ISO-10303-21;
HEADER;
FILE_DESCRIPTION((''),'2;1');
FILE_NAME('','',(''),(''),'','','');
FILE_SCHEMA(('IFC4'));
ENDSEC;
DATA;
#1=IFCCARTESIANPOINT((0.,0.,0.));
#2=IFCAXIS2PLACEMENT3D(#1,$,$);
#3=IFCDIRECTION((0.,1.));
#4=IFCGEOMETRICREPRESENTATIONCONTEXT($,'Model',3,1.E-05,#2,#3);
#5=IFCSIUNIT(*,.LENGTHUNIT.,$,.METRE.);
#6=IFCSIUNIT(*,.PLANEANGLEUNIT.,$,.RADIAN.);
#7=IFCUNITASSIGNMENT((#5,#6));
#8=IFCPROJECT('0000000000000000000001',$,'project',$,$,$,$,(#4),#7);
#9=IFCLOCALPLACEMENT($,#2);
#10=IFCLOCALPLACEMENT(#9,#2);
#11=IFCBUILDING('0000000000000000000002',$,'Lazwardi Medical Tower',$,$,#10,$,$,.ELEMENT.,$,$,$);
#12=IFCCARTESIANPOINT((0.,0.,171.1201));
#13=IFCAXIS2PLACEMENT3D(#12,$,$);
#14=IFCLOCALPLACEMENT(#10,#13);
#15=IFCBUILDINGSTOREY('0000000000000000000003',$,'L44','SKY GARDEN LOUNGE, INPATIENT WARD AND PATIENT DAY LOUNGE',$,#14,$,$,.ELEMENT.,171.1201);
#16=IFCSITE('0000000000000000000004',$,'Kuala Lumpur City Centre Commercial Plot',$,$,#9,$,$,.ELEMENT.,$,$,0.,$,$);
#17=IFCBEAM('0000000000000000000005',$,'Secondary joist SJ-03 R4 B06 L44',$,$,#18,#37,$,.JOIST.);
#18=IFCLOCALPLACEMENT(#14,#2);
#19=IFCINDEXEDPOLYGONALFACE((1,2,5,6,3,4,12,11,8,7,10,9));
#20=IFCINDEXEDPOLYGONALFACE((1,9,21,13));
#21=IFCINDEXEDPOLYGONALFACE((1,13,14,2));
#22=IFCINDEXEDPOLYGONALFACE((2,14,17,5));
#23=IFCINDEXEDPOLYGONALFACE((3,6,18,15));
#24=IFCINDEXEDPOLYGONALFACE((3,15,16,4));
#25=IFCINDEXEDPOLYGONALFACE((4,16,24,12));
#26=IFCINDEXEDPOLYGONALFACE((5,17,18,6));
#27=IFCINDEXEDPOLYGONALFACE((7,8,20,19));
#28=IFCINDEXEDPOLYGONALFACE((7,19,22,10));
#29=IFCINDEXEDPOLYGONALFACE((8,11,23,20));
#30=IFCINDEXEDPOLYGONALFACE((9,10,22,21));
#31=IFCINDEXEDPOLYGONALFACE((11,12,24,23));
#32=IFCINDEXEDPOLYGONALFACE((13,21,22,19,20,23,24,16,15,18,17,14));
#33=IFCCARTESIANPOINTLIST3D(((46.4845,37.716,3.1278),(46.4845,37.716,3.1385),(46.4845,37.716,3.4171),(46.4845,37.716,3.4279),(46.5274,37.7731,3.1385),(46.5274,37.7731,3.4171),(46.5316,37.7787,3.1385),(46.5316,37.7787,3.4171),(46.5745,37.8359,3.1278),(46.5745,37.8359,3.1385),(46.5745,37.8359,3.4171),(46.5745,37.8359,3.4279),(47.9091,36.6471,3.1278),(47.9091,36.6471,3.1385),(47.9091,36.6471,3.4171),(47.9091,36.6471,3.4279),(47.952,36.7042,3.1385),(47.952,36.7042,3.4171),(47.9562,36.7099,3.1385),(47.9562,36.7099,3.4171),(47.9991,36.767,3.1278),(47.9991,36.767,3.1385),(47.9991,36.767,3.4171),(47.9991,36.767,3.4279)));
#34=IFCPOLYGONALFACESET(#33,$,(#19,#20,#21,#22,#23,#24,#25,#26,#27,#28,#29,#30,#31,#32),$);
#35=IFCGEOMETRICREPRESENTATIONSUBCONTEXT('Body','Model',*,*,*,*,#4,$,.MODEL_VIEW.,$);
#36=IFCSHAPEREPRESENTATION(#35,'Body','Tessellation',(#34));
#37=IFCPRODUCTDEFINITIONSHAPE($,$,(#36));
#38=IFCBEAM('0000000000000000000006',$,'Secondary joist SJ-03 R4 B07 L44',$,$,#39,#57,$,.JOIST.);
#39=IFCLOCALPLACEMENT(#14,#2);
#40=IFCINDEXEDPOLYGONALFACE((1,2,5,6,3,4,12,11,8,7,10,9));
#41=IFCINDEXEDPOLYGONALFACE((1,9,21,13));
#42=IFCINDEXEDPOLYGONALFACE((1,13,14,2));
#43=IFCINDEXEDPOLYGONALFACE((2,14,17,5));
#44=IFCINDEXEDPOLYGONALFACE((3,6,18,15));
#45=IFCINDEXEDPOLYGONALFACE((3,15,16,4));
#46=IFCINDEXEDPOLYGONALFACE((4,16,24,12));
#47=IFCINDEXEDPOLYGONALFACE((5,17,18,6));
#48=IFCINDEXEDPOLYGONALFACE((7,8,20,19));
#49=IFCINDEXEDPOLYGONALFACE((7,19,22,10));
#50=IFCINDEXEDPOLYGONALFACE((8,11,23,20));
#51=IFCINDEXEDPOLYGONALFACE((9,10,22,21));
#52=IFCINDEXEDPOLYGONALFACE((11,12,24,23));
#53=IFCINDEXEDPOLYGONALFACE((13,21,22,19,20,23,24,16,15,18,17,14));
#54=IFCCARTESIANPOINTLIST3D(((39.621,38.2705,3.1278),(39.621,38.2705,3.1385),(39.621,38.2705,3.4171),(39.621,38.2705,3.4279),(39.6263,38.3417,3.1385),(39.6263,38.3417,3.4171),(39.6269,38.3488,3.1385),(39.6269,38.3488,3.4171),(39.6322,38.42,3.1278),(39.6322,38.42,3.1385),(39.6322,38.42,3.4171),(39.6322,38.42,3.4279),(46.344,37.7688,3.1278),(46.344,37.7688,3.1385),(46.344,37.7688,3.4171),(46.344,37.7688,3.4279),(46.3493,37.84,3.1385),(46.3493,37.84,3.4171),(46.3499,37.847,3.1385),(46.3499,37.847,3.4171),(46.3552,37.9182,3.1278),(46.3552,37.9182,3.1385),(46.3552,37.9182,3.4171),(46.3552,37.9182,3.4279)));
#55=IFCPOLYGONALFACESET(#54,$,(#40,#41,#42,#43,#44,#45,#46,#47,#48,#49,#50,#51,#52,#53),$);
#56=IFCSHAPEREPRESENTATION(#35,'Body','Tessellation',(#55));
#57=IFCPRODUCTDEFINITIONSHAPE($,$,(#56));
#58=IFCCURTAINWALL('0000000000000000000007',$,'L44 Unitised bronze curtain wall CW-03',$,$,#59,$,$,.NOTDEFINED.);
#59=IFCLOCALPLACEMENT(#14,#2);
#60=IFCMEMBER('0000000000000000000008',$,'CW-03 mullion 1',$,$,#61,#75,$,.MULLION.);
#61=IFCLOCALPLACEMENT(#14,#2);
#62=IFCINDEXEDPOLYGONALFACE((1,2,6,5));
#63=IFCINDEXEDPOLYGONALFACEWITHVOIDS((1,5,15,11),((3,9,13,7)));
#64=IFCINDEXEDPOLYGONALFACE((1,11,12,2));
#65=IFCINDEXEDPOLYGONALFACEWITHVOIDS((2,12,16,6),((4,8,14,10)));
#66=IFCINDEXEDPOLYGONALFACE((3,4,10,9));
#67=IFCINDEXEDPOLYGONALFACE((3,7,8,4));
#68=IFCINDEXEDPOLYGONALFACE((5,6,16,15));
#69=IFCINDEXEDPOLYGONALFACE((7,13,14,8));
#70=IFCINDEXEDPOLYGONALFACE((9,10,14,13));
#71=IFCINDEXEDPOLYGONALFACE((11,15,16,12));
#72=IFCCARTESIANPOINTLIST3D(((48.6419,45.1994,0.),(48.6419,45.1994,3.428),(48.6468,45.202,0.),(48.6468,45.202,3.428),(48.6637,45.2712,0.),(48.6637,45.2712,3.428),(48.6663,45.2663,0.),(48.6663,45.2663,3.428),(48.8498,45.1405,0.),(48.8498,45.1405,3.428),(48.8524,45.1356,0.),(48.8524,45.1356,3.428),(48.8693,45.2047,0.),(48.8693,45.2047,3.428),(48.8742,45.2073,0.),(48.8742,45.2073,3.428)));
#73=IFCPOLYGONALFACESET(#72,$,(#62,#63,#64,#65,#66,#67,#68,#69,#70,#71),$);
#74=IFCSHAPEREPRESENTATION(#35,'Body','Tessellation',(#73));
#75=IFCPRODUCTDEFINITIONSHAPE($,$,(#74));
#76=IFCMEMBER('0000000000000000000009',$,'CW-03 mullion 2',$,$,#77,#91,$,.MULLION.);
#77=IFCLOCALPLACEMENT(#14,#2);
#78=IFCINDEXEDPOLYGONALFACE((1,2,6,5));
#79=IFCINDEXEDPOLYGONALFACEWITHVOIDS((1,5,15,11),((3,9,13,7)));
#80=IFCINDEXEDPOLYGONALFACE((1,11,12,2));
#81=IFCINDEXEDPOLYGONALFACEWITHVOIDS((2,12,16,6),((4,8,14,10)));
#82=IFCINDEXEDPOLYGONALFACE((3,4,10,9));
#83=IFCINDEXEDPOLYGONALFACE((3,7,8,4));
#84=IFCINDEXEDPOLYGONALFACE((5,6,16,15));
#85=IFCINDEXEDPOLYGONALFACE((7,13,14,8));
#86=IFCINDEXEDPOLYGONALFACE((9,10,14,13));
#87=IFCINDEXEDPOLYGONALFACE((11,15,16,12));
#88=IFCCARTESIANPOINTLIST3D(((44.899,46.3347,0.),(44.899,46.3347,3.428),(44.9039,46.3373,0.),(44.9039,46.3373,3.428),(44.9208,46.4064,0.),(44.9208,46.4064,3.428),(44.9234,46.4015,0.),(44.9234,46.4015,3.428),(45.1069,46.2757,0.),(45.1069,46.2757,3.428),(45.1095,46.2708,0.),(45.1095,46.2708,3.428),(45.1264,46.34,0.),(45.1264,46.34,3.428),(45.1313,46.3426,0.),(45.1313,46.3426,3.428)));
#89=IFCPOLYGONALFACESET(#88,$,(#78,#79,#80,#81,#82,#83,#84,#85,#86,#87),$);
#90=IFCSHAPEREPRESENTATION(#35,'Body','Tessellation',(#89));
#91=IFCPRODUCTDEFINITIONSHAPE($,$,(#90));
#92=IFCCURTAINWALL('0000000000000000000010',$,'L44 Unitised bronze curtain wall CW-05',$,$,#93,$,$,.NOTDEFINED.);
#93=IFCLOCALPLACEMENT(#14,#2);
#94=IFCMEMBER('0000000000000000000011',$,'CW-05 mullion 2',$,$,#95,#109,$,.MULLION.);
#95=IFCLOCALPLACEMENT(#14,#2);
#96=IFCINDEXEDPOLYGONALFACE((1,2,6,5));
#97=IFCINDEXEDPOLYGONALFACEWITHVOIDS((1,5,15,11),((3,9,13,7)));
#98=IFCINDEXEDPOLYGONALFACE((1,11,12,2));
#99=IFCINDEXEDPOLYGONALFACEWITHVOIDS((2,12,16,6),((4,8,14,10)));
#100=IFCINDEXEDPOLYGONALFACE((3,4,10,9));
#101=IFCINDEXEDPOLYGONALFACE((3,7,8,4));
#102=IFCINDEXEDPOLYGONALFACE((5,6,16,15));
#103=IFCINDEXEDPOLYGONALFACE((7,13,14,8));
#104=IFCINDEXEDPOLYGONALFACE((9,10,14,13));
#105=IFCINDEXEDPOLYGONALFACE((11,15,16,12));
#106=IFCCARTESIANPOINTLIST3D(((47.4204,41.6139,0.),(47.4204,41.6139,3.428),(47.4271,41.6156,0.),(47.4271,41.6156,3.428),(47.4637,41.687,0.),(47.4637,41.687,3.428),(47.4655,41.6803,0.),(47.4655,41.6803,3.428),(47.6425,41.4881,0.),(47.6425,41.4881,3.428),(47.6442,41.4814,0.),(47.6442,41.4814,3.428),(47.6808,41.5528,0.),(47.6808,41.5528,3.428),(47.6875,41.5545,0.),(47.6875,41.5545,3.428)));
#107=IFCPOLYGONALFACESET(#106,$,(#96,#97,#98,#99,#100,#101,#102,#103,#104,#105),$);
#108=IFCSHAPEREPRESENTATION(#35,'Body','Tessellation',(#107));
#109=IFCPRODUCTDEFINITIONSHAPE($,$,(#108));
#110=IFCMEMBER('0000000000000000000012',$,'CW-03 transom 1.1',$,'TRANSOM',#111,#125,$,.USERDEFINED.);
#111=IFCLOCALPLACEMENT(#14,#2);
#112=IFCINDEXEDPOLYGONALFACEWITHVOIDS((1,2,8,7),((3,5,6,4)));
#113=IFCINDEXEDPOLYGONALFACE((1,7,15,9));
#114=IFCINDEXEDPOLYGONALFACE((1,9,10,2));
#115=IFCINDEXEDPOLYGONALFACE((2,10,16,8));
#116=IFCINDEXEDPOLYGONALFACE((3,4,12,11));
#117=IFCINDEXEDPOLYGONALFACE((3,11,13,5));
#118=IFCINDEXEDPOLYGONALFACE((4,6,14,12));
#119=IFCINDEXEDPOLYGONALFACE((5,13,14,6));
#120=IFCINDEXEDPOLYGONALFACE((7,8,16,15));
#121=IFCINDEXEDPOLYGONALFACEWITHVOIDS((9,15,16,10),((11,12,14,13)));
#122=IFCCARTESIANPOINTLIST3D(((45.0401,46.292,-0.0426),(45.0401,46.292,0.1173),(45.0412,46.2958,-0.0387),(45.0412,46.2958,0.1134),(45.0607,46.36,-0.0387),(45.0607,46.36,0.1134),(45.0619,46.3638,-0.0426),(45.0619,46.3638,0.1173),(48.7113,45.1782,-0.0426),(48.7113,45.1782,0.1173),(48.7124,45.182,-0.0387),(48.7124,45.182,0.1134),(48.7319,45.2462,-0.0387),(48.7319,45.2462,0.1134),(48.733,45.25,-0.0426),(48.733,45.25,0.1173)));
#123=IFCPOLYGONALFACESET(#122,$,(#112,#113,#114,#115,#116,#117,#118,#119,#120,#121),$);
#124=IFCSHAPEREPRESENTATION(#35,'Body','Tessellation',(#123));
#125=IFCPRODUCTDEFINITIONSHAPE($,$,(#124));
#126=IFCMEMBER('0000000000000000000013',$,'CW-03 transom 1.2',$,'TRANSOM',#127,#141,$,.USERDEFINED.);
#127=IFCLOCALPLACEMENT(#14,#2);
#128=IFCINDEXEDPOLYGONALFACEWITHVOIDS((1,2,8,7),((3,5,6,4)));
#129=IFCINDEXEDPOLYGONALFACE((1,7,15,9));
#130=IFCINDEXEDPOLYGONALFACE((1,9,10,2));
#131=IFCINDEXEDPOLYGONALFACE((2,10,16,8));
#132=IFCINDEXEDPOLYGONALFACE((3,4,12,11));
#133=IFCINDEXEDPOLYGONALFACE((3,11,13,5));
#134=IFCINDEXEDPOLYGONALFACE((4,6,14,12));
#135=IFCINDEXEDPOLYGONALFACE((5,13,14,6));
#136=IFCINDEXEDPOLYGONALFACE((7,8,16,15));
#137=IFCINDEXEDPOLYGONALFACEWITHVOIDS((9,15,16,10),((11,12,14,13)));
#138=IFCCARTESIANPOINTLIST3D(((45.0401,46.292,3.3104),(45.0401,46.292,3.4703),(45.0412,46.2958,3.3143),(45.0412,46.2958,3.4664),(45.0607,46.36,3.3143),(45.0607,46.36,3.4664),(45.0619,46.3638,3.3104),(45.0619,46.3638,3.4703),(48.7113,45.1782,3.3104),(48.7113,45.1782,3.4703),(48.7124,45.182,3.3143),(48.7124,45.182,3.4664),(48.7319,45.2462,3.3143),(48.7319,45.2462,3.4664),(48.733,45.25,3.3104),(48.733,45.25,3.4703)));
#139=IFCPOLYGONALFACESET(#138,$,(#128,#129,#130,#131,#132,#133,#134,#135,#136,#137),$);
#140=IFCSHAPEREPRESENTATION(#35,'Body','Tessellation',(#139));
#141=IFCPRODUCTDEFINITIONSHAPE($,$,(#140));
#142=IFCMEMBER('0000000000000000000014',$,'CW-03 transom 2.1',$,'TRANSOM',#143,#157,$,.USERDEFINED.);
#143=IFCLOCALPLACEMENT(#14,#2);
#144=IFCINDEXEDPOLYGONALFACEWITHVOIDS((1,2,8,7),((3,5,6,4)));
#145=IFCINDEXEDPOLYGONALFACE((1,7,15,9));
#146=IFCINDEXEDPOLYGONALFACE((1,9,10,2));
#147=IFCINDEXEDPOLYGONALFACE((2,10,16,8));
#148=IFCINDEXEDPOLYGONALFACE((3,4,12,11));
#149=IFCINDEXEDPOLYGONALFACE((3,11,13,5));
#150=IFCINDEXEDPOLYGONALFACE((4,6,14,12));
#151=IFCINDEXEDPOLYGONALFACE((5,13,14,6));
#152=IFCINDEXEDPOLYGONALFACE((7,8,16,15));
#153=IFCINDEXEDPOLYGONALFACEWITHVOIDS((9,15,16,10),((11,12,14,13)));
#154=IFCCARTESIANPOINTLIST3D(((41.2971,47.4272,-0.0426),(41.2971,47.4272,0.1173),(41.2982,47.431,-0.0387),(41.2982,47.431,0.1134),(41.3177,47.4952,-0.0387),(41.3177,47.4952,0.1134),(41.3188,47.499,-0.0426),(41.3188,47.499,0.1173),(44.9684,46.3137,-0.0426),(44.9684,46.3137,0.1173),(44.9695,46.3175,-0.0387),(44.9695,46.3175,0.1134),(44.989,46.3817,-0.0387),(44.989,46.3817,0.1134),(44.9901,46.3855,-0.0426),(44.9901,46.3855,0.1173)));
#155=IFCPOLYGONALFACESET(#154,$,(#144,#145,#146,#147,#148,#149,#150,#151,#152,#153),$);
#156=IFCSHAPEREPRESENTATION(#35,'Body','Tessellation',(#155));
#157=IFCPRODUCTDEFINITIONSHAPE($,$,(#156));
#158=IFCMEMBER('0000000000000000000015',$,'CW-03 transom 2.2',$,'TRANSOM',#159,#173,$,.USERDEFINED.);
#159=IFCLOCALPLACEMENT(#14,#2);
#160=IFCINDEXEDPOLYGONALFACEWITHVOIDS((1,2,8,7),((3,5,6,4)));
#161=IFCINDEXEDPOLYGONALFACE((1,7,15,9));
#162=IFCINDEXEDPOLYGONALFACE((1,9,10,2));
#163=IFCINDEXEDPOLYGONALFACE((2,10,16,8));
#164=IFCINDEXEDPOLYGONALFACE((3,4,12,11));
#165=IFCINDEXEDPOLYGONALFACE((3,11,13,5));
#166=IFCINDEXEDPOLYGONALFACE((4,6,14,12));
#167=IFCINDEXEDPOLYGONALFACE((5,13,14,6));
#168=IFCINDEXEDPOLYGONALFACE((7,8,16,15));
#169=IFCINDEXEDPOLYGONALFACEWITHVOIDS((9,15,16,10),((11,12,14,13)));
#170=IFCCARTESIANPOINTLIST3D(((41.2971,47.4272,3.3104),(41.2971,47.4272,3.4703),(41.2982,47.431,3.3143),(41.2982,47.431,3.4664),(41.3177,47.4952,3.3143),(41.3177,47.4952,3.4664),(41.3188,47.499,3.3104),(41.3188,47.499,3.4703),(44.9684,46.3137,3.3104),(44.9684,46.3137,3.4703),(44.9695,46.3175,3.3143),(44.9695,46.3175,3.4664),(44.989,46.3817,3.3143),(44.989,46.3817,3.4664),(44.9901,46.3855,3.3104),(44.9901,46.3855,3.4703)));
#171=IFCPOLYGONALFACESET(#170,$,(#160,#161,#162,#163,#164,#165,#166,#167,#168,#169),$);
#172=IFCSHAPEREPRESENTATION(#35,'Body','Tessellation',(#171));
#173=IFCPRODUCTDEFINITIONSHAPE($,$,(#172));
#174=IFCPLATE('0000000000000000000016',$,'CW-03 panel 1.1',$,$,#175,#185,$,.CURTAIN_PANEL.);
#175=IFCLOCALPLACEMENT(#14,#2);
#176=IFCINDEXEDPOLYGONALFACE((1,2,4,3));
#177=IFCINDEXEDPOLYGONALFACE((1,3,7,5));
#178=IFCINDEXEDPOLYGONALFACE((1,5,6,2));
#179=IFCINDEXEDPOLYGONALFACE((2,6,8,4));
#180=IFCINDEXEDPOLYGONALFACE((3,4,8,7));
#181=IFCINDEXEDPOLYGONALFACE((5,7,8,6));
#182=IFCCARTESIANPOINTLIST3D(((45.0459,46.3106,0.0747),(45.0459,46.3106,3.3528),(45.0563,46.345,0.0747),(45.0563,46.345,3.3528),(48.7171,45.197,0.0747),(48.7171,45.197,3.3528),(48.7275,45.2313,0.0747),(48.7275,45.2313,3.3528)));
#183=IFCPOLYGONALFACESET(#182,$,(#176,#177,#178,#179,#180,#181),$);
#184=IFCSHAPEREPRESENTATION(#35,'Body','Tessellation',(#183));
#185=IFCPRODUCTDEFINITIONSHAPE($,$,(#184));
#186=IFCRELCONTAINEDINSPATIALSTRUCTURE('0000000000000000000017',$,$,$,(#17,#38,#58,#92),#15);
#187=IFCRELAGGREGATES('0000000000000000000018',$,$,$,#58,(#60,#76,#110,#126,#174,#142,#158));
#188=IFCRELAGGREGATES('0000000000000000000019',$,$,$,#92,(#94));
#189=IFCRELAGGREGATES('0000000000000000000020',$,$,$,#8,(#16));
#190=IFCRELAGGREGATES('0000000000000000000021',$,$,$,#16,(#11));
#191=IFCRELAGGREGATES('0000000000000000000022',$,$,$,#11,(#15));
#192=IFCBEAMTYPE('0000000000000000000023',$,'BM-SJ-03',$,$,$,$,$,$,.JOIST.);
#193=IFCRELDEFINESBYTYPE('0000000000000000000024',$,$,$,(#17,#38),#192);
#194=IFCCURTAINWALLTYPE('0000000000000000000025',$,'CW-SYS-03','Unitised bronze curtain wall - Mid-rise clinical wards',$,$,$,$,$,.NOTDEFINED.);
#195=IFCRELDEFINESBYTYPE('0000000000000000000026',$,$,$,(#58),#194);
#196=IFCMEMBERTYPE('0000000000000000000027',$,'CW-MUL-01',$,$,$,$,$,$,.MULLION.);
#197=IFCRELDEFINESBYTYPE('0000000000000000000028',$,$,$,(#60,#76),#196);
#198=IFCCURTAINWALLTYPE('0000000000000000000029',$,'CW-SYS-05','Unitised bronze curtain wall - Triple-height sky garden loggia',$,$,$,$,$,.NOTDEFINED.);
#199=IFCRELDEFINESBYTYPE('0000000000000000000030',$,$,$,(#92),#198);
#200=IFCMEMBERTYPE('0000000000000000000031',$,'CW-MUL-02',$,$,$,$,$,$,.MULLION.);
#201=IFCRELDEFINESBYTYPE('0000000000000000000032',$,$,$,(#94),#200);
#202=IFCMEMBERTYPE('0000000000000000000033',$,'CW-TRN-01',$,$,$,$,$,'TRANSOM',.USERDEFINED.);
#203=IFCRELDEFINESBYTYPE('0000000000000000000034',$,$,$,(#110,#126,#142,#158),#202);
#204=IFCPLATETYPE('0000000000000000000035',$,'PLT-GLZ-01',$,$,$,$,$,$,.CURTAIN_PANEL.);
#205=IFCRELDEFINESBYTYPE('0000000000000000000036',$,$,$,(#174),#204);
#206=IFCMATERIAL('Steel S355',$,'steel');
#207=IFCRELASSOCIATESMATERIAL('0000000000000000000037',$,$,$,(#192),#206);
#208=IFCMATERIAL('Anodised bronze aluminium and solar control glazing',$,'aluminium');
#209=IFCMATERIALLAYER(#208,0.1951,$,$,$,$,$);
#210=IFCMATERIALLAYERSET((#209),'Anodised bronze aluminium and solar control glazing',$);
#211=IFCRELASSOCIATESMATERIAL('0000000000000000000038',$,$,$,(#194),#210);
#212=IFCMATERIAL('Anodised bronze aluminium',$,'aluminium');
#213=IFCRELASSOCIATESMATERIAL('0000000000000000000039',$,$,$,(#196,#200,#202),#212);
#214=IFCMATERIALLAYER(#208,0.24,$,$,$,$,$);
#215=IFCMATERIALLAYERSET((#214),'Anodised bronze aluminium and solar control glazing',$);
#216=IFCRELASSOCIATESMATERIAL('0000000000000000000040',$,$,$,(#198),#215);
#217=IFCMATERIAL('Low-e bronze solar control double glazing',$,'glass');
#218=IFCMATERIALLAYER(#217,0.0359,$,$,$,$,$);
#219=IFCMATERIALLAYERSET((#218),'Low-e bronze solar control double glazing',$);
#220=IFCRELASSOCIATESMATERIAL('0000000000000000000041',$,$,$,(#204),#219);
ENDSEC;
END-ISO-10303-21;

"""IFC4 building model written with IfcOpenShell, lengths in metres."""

from ifc_helpers import new_model, si_unit, direction, frame, origin, origin_2d, place, context, subcontext, project, spatial, rectangle, hollow_rectangle, i_section, extrude, material, layer, layer_set, material_profile, profile_set, type_object, element, aggregate, save


model = new_model("IFC4")

# Units and contexts
model_context = context("Model", 3, precision=1e-05, world=origin(), true_north=direction((0.0, 1.0)))
body_context = subcontext(model_context, "Body", "Model", "MODEL_VIEW")
ifc_project = project(units=[si_unit("LENGTHUNIT", "METRE"), si_unit("PLANEANGLEUNIT", "RADIAN")], contexts=[model_context])

# Site, building, storey
site_placement = place(None, origin())
site = spatial("IfcSite", under=ifc_project, at=site_placement, Name="Kuala Lumpur City Centre Commercial Plot", CompositionType="ELEMENT", RefElevation=0.0)
building_placement = place(site_placement, origin())
building = spatial("IfcBuilding", under=site, at=building_placement, Name="Lazwardi Medical Tower", CompositionType="ELEMENT")
storey_placement = place(building_placement, frame((0.0, 0.0, 171.1201)))
storey = spatial("IfcBuildingStorey", under=building, at=storey_placement, Name="L44", Description="SKY GARDEN LOUNGE, INPATIENT WARD AND PATIENT DAY LOUNGE", CompositionType="ELEMENT", Elevation=171.1201)

# Beams
ifc_material_1 = material(Name="Steel S355", Category="steel")
ifc_material_profile_1 = material_profile(ifc_material_1, i_section(OverallWidth=0.1499, OverallDepth=0.3, WebThickness=0.0071, FlangeThickness=0.0107, at=origin_2d()), Name="IPE 300")
ifc_profile_set_1 = profile_set([ifc_material_profile_1], Name="Steel S355")
beam_type_1 = type_object("IfcBeamType", Name="BM-SJ-03", PredefinedType="JOIST", material=ifc_profile_set_1)
beam_1_placement = place(storey_placement, frame((47.9541, 36.707, 3.2778), z_axis=(-0.799885, 0.600154, 0.0), x_axis=(-0.600154, -0.799885, 0.0)))
element("IfcBeam", 1, at=beam_1_placement, inside=storey, type_object=beam_type_1, Name="Secondary joist SJ-03 R4 B06 L44", PredefinedType="JOIST", context=body_context, shape_type="SweptSolid", body=[
    extrude(i_section(OverallWidth=0.1499, OverallDepth=0.3, WebThickness=0.0071, FlangeThickness=0.0107, at=origin_2d()), origin(), (0.0, 0.0, 1.0), 1.781),
])
beam_2_placement = place(storey_placement, frame((46.3496, 37.8435, 3.2778), z_axis=(-0.997227, 0.07442, 0.0), x_axis=(-0.07442, -0.997227, 0.0)))
element("IfcBeam", 2, at=beam_2_placement, inside=storey, type_object=beam_type_1, Name="Secondary joist SJ-03 R4 B07 L44", PredefinedType="JOIST", context=body_context, shape_type="SweptSolid", body=[
    extrude(i_section(OverallWidth=0.1499, OverallDepth=0.3, WebThickness=0.0071, FlangeThickness=0.0107, at=origin_2d()), origin(), (0.0, 0.0, 1.0), 6.7417),
])

# Curtain wall, members
ifc_material_2 = material(Name="Anodised bronze aluminium and solar control glazing", Category="aluminium")
ifc_layer_1 = layer(ifc_material_2, 0.1951)
ifc_layer_set_1 = layer_set([ifc_layer_1], Name="Anodised bronze aluminium and solar control glazing")
curtain_wall_type_1 = type_object("IfcCurtainWallType", Name="CW-SYS-03", Description="Unitised bronze curtain wall - Mid-rise clinical wards", PredefinedType="NOTDEFINED", material=ifc_layer_set_1)
curtain_wall_1_placement = place(storey_placement, origin())
curtain_wall_1 = element("IfcCurtainWall", 3, at=curtain_wall_1_placement, inside=storey, type_object=curtain_wall_type_1, Name="L44 Unitised bronze curtain wall CW-03", PredefinedType="NOTDEFINED")
ifc_material_3 = material(Name="Anodised bronze aluminium", Category="aluminium")
ifc_material_profile_2 = material_profile(ifc_material_3, hollow_rectangle(XDim=0.075, YDim=0.22, WallThickness=0.0039, at=origin_2d()), Name="ALU-MULLION 220x75x4")
ifc_profile_set_2 = profile_set([ifc_material_profile_2], Name="Anodised bronze aluminium")
member_type_1 = type_object("IfcMemberType", Name="CW-MUL-01", PredefinedType="MULLION", material=ifc_profile_set_2)
member_1_placement = place(storey_placement, frame((48.7581, 45.2034, 0.0), z_axis=(0.0, 0.0, 1.0), x_axis=(-0.290281, -0.956942, 0.0)))
member_1 = element("IfcMember", 4, at=member_1_placement, type_object=member_type_1, Name="CW-03 mullion 1", PredefinedType="MULLION", context=body_context, shape_type="SweptSolid", body=[
    extrude(hollow_rectangle(XDim=0.075, YDim=0.22, WallThickness=0.0039, at=origin_2d()), origin(), (0.0, 0.0, 1.0), 3.428),
])
member_2_placement = place(storey_placement, frame((45.0151, 46.3386, 0.0), z_axis=(0.0, 0.0, 1.0), x_axis=(-0.290281, -0.956942, 0.0)))
member_2 = element("IfcMember", 5, at=member_2_placement, type_object=member_type_1, Name="CW-03 mullion 2", PredefinedType="MULLION", context=body_context, shape_type="SweptSolid", body=[
    extrude(hollow_rectangle(XDim=0.075, YDim=0.22, WallThickness=0.0039, at=origin_2d()), origin(), (0.0, 0.0, 1.0), 3.428),
])

# Curtain wall, member
ifc_layer_2 = layer(ifc_material_2, 0.24)
ifc_layer_set_2 = layer_set([ifc_layer_2], Name="Anodised bronze aluminium and solar control glazing")
curtain_wall_type_2 = type_object("IfcCurtainWallType", Name="CW-SYS-05", Description="Unitised bronze curtain wall - Triple-height sky garden loggia", PredefinedType="NOTDEFINED", material=ifc_layer_set_2)
curtain_wall_2_placement = place(storey_placement, origin())
curtain_wall_2 = element("IfcCurtainWall", 6, at=curtain_wall_2_placement, inside=storey, type_object=curtain_wall_type_2, Name="L44 Unitised bronze curtain wall CW-05", PredefinedType="NOTDEFINED")
ifc_material_profile_3 = material_profile(ifc_material_3, hollow_rectangle(XDim=0.085, YDim=0.26, WallThickness=0.0049, at=origin_2d()), Name="ALU-MULLION 260x85x5")
ifc_profile_set_3 = profile_set([ifc_material_profile_3], Name="Anodised bronze aluminium")
member_type_2 = type_object("IfcMemberType", Name="CW-MUL-02", PredefinedType="MULLION", material=ifc_profile_set_3)
member_3_placement = place(storey_placement, frame((47.554, 41.5842, 0.0), z_axis=(0.0, 0.0, 1.0), x_axis=(-0.509571, -0.860429, 0.0)))
member_3 = element("IfcMember", 7, at=member_3_placement, type_object=member_type_2, Name="CW-05 mullion 2", PredefinedType="MULLION", context=body_context, shape_type="SweptSolid", body=[
    extrude(hollow_rectangle(XDim=0.085, YDim=0.26, WallThickness=0.0049, at=origin_2d()), origin(), (0.0, 0.0, 1.0), 3.428),
])

# Members
ifc_material_profile_4 = material_profile(ifc_material_3, hollow_rectangle(XDim=0.075, YDim=0.1599, WallThickness=0.0039, at=origin_2d()), Name="ALU-TRANSOM 160x75x4")
ifc_profile_set_4 = profile_set([ifc_material_profile_4], Name="Anodised bronze aluminium")
member_type_3 = type_object("IfcMemberType", Name="CW-TRN-01", ElementType="TRANSOM", PredefinedType="USERDEFINED", material=ifc_profile_set_4)
member_4_placement = place(storey_placement, frame((48.7222, 45.2141, 0.0374), z_axis=(-0.95693, 0.290318, 0.0), x_axis=(-0.290318, -0.95693, 0.0)))
member_4 = element("IfcMember", 8, at=member_4_placement, type_object=member_type_3, Name="CW-03 transom 1.1", ObjectType="TRANSOM", PredefinedType="USERDEFINED", context=body_context, shape_type="SweptSolid", body=[
    extrude(hollow_rectangle(XDim=0.075, YDim=0.1599, WallThickness=0.0039, at=origin_2d()), origin(), (0.0, 0.0, 1.0), 3.8364),
])
member_5_placement = place(storey_placement, frame((48.7222, 45.2141, 3.3904), z_axis=(-0.95693, 0.290318, 0.0), x_axis=(-0.290318, -0.95693, 0.0)))
member_5 = element("IfcMember", 9, at=member_5_placement, type_object=member_type_3, Name="CW-03 transom 1.2", ObjectType="TRANSOM", PredefinedType="USERDEFINED", context=body_context, shape_type="SweptSolid", body=[
    extrude(hollow_rectangle(XDim=0.075, YDim=0.1599, WallThickness=0.0039, at=origin_2d()), origin(), (0.0, 0.0, 1.0), 3.8364),
])
member_6_placement = place(storey_placement, frame((44.9792, 46.3496, 0.0374), z_axis=(-0.956953, 0.290242, 0.0), x_axis=(-0.290242, -0.956953, 0.0)))
member_6 = element("IfcMember", 10, at=member_6_placement, type_object=member_type_3, Name="CW-03 transom 2.1", ObjectType="TRANSOM", PredefinedType="USERDEFINED", context=body_context, shape_type="SweptSolid", body=[
    extrude(hollow_rectangle(XDim=0.075, YDim=0.1599, WallThickness=0.0039, at=origin_2d()), origin(), (0.0, 0.0, 1.0), 3.8364),
])
member_7_placement = place(storey_placement, frame((44.9792, 46.3496, 3.3904), z_axis=(-0.956953, 0.290242, 0.0), x_axis=(-0.290242, -0.956953, 0.0)))
member_7 = element("IfcMember", 11, at=member_7_placement, type_object=member_type_3, Name="CW-03 transom 2.2", ObjectType="TRANSOM", PredefinedType="USERDEFINED", context=body_context, shape_type="SweptSolid", body=[
    extrude(hollow_rectangle(XDim=0.075, YDim=0.1599, WallThickness=0.0039, at=origin_2d()), origin(), (0.0, 0.0, 1.0), 3.8364),
])

# Plate
ifc_material_4 = material(Name="Low-e bronze solar control double glazing", Category="glass")
ifc_layer_3 = layer(ifc_material_4, 0.0359)
ifc_layer_set_3 = layer_set([ifc_layer_3], Name="Low-e bronze solar control double glazing")
plate_type_1 = type_object("IfcPlateType", Name="PLT-GLZ-01", PredefinedType="CURTAIN_PANEL", material=ifc_layer_set_3)
plate_1_placement = place(storey_placement, frame((46.8867, 45.771, 0.0747), z_axis=(0.0, 0.0, 1.0), x_axis=(-0.956942, 0.290281, 0.0)))
plate_1 = element("IfcPlate", 12, at=plate_1_placement, type_object=plate_type_1, Name="CW-03 panel 1.1", PredefinedType="CURTAIN_PANEL", context=body_context, shape_type="SweptSolid", body=[
    extrude(rectangle(XDim=3.8364, YDim=0.0359, at=origin_2d()), origin(), (0.0, 0.0, 1.0), 3.2781),
])
aggregate(curtain_wall_1, [member_1, member_2, member_4, member_5, plate_1, member_6, member_7])
aggregate(curtain_wall_2, [member_3])

save(model, "model.ifc")
